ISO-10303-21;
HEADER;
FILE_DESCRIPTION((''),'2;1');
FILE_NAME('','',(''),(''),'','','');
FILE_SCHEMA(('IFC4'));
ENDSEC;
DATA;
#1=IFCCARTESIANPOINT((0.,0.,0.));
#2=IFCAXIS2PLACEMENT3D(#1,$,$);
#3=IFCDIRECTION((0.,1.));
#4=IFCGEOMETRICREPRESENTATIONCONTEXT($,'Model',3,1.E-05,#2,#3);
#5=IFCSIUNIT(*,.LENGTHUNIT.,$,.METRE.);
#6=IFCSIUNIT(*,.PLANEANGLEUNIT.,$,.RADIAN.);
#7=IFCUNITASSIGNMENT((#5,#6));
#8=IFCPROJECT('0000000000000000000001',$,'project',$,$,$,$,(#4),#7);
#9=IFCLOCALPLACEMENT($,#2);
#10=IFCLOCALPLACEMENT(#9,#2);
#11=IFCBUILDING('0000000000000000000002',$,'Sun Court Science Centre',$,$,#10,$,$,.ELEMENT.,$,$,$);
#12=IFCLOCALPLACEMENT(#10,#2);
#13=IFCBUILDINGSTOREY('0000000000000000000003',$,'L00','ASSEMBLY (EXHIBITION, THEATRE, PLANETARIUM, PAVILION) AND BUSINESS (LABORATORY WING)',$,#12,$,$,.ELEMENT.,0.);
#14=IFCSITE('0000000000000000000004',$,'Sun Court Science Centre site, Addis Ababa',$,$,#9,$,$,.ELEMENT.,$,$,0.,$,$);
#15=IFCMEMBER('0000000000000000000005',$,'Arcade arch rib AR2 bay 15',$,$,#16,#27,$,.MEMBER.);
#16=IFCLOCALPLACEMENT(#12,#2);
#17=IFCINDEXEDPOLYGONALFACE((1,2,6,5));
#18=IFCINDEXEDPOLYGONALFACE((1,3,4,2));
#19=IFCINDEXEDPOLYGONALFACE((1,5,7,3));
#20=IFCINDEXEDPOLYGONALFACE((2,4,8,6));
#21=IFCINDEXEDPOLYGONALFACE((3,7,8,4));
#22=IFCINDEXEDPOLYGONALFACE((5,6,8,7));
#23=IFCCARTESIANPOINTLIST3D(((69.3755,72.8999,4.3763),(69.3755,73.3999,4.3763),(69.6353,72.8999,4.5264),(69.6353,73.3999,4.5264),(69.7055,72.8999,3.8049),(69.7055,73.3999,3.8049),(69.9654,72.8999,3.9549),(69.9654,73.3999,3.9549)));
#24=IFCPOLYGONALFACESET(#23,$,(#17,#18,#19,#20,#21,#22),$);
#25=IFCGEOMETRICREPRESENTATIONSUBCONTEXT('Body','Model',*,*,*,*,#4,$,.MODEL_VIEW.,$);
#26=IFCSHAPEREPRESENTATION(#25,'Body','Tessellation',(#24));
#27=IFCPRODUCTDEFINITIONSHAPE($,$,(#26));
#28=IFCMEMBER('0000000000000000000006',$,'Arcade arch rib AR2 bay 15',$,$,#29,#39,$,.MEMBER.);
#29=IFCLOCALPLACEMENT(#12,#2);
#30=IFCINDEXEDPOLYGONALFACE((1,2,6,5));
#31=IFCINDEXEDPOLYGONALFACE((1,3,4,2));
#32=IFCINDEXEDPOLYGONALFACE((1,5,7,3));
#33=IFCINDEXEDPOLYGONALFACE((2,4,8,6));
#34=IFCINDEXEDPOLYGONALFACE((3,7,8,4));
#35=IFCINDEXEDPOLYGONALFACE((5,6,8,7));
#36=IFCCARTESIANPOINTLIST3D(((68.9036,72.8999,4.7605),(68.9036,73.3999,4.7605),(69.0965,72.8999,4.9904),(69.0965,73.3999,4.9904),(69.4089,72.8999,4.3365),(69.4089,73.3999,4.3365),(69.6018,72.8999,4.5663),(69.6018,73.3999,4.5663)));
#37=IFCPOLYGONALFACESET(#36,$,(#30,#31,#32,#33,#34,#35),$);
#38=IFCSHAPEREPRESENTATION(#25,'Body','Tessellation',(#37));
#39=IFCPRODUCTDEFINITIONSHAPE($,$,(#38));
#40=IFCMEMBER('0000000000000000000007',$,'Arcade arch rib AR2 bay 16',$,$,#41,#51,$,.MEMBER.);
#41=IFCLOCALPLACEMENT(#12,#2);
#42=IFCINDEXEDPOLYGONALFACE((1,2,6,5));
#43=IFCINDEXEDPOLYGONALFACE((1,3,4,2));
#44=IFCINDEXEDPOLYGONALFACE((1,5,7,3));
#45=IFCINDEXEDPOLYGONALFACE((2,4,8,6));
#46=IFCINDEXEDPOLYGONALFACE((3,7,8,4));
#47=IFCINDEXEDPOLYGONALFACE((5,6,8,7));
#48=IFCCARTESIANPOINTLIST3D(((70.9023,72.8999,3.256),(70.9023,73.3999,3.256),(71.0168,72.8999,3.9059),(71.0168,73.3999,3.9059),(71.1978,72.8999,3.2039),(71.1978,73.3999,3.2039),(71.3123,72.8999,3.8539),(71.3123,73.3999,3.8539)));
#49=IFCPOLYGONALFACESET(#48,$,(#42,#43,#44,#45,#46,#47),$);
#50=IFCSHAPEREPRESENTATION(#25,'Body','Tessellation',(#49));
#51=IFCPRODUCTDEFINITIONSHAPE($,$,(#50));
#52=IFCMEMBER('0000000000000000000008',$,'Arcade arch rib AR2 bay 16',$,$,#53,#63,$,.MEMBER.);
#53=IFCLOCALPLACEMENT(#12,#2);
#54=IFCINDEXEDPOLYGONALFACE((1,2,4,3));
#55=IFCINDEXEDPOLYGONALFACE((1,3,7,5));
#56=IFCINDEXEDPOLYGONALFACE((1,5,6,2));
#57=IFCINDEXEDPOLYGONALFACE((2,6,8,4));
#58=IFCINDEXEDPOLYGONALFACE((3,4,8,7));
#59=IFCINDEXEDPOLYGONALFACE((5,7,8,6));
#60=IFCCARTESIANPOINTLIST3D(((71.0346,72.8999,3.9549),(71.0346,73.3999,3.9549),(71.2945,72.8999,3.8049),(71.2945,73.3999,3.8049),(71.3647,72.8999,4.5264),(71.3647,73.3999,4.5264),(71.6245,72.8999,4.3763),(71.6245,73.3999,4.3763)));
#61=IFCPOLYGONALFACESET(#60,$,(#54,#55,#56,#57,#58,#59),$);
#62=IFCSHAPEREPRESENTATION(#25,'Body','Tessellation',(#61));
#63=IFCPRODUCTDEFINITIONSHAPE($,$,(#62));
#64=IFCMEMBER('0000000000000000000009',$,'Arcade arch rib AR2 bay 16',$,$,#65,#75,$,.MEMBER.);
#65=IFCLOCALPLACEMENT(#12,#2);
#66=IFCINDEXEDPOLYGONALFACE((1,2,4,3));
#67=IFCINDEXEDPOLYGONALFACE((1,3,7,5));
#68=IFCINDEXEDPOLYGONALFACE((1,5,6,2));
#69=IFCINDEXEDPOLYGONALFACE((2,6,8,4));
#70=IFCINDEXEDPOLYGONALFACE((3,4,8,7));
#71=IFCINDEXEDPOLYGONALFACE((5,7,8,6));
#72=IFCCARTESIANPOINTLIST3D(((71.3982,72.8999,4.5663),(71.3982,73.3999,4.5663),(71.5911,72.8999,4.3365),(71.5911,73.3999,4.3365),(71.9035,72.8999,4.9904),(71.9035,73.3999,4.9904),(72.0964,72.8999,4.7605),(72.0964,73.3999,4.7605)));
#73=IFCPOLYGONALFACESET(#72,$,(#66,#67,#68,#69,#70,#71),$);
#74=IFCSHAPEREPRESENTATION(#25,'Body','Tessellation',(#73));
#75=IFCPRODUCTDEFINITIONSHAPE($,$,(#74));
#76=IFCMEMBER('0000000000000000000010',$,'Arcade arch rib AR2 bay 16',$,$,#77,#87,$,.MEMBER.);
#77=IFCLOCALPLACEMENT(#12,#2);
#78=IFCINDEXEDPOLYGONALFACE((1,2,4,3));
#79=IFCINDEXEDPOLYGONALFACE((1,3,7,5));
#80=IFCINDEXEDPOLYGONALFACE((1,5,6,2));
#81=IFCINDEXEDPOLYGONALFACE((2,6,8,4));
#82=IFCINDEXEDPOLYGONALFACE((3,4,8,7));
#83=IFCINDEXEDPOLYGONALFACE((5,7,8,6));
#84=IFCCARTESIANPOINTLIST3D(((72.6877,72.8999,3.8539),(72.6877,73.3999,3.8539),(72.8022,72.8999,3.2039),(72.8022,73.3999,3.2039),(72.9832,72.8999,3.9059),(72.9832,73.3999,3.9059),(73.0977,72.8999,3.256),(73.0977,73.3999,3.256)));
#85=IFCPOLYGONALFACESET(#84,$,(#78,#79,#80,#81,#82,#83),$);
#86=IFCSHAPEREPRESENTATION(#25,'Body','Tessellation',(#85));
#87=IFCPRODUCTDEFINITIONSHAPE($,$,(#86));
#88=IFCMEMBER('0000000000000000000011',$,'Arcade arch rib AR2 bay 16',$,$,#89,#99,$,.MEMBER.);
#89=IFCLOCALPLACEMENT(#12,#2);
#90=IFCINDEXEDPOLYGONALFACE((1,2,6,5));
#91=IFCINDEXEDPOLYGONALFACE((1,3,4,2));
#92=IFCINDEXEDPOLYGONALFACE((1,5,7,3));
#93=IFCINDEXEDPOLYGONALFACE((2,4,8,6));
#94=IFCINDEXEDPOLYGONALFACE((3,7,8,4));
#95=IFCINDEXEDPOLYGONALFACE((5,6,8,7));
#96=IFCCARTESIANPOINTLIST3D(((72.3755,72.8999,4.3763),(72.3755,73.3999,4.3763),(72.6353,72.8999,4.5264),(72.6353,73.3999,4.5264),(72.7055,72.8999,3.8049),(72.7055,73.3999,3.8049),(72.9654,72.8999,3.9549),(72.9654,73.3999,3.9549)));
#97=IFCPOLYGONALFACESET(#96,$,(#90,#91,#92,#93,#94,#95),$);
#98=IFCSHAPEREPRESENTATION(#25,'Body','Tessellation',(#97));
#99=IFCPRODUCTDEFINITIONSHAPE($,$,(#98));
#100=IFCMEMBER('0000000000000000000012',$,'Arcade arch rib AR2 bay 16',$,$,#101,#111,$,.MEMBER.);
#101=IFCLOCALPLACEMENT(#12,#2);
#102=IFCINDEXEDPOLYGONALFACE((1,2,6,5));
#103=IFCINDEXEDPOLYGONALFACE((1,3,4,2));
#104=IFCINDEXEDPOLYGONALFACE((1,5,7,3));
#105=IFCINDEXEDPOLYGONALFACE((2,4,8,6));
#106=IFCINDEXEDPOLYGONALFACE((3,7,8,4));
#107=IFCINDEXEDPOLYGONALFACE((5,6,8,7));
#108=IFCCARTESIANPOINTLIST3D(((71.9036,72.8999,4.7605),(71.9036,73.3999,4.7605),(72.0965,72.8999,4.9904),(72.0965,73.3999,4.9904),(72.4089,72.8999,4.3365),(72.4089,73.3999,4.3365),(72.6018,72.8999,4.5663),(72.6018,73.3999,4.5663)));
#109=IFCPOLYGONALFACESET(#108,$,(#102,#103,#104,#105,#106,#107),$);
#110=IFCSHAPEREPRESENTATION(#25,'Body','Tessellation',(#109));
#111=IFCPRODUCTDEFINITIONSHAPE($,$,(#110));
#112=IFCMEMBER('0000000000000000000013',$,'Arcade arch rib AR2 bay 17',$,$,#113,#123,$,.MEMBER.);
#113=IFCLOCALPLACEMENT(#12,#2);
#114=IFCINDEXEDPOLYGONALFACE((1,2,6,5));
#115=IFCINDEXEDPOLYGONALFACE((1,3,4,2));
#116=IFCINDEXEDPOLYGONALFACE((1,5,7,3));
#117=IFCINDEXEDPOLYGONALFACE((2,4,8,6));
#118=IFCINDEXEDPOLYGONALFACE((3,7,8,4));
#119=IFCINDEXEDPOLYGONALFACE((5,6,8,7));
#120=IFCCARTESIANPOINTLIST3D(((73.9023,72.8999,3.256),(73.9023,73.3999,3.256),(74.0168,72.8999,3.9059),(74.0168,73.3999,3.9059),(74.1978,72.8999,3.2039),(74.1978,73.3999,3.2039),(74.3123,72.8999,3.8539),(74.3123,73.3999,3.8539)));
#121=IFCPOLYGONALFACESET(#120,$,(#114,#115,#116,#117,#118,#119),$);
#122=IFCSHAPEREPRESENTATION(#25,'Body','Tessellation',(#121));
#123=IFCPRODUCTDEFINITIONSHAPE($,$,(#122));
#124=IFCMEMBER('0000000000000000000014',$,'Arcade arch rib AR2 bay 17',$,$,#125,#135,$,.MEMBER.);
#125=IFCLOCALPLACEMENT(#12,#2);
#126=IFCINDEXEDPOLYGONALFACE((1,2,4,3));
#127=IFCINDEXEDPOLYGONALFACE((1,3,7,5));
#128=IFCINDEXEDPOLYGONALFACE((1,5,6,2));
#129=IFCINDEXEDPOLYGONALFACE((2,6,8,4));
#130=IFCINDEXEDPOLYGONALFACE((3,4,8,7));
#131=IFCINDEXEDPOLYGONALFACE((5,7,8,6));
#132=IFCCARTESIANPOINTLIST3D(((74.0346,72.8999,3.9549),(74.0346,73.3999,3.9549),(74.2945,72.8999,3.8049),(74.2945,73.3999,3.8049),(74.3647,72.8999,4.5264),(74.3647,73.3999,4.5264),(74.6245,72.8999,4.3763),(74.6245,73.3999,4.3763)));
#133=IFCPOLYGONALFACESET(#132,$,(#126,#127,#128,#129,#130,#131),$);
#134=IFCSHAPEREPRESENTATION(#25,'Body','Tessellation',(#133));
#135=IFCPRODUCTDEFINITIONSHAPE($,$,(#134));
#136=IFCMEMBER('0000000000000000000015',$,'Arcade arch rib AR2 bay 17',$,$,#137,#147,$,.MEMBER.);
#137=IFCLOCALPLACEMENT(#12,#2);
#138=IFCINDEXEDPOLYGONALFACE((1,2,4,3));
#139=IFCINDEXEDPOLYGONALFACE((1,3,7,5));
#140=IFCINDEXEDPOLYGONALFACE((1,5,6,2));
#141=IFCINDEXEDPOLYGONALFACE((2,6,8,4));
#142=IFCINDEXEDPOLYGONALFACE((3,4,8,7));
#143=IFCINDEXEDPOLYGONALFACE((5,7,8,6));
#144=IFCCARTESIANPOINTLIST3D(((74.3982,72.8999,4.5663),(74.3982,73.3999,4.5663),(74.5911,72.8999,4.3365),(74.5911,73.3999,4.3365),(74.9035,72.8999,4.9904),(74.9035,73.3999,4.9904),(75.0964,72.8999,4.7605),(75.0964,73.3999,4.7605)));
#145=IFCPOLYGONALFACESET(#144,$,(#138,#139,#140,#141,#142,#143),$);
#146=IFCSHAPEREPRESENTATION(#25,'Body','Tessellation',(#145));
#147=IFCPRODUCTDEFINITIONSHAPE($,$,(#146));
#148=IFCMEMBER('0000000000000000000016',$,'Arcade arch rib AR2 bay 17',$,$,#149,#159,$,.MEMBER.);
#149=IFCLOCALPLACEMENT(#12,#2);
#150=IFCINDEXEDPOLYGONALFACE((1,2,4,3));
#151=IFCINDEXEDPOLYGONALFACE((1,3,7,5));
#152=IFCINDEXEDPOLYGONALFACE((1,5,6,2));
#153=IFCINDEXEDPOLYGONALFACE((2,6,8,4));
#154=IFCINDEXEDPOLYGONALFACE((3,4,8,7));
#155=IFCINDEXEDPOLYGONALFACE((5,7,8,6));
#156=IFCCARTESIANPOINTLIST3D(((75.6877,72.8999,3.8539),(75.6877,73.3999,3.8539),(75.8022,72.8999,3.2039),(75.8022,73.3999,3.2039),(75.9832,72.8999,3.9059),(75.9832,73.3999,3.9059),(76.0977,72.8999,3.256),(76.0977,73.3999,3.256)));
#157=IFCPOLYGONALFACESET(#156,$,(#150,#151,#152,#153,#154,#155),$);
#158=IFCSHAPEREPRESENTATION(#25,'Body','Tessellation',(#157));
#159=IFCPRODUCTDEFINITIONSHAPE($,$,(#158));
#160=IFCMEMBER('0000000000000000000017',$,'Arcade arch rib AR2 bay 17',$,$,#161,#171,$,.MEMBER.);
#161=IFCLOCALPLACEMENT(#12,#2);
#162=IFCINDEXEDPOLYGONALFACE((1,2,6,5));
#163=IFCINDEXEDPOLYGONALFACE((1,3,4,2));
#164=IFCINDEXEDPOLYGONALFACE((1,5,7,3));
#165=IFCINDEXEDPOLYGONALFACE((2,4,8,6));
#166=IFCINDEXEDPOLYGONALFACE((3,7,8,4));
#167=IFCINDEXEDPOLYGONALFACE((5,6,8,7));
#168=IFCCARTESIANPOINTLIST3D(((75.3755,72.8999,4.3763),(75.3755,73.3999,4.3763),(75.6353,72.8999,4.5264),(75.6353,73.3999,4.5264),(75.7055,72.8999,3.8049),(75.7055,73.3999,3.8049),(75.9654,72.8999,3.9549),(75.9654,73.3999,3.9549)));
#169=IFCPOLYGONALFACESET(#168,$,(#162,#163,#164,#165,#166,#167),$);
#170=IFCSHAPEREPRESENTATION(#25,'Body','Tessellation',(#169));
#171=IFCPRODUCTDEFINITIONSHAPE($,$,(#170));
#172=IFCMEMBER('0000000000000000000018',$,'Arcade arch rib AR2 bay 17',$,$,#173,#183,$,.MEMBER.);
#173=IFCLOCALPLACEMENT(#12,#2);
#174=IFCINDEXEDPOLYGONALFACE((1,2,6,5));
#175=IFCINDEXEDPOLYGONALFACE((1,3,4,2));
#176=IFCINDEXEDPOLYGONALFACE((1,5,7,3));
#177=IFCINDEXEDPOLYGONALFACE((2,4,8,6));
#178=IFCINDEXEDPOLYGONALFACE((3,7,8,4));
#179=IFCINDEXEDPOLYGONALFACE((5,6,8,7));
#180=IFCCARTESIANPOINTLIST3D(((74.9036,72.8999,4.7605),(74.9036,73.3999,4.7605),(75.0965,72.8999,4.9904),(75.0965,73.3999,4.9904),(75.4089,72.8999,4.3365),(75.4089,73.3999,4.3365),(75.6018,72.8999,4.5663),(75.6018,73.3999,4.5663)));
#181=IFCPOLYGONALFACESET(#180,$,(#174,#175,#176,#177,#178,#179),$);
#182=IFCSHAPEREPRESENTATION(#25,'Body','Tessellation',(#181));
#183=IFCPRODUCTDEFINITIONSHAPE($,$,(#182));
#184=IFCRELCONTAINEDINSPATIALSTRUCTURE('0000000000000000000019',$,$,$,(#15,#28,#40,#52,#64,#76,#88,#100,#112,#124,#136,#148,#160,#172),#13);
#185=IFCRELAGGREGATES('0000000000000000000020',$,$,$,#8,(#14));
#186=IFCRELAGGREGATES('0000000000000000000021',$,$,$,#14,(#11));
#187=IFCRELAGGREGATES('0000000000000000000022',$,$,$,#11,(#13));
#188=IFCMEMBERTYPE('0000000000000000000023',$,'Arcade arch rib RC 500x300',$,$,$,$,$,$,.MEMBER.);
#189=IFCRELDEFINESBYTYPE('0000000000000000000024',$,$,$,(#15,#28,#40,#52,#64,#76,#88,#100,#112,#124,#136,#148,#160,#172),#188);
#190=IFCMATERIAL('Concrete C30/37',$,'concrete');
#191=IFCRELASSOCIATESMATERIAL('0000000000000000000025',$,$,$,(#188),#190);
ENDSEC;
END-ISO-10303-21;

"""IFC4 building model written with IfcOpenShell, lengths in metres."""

from ifc_helpers import new_model, si_unit, direction, frame, origin, origin_2d, place, context, subcontext, project, spatial, rectangle, extrude, material, material_profile, profile_set, type_object, element, save


model = new_model("IFC4")

# Units and contexts
model_context = context("Model", 3, precision=1e-05, world=origin(), true_north=direction((0.0, 1.0)))
body_context = subcontext(model_context, "Body", "Model", "MODEL_VIEW")
ifc_project = project(units=[si_unit("LENGTHUNIT", "METRE"), si_unit("PLANEANGLEUNIT", "RADIAN")], contexts=[model_context])

# Site, building, storey
site_placement = place(None, origin())
site = spatial("IfcSite", under=ifc_project, at=site_placement, Name="Sun Court Science Centre site, Addis Ababa", CompositionType="ELEMENT", RefElevation=0.0)
building_placement = place(site_placement, origin())
building = spatial("IfcBuilding", under=site, at=building_placement, Name="Sun Court Science Centre", CompositionType="ELEMENT")
storey_placement = place(building_placement, origin())
storey = spatial("IfcBuildingStorey", under=building, at=storey_placement, Name="L00", Description="ASSEMBLY (EXHIBITION, THEATRE, PLANETARIUM, PAVILION) AND BUSINESS (LABORATORY WING)", CompositionType="ELEMENT", Elevation=0.0)

# Members
ifc_material_1 = material(Name="Concrete C30/37", Category="concrete")
ifc_material_profile_1 = material_profile(ifc_material_1, rectangle(XDim=0.5, YDim=0.3, at=origin_2d()), Name="RC 500x300")
ifc_profile_set_1 = profile_set([ifc_material_profile_1], Name="Concrete C30/37")
member_type_1 = type_object("IfcMemberType", Name="Arcade arch rib RC 500x300", PredefinedType="MEMBER", material=ifc_profile_set_1)
for number, where, z_axis, x_axis, name in (
    (1, (69.8354, 73.1499, 3.8799), (-0.500117, 0.0, 0.865958), (0.0, -1.0, 0.0), "Arcade arch rib AR2 bay 15"),
):
    element("IfcMember", number, at=place(storey_placement, frame(where, z_axis=z_axis, x_axis=x_axis)), inside=storey, type_object=member_type_1, Name=name, PredefinedType="MEMBER", context=body_context, shape_type="SweptSolid", body=[
        extrude(rectangle(XDim=0.5, YDim=0.3, at=origin_2d()), origin(), (0.0, 0.0, 1.0), 0.6599),
    ])
member_1_placement = place(storey_placement, frame((69.5054, 73.1499, 4.4514), z_axis=(-0.766033, 0.0, 0.642801), x_axis=(0.0, -1.0, 0.0)))
element("IfcMember", 2, at=member_1_placement, inside=storey, type_object=member_type_1, Name="Arcade arch rib AR2 bay 15", PredefinedType="MEMBER", context=body_context, shape_type="SweptSolid", body=[
    extrude(rectangle(XDim=0.5, YDim=0.3, at=origin_2d()), origin(), (0.0, 0.0, 1.0), 0.6597),
])
for number, where, z_axis, x_axis, name in (
    (3, (71.05, 73.1499, 3.23), (0.173511, 0.0, 0.984832), (0.0, 1.0, 0.0), "Arcade arch rib AR2 bay 16"),
    (4, (71.1646, 73.1499, 3.8799), (0.500117, 0.0, 0.865958), (0.0, 1.0, 0.0), "Arcade arch rib AR2 bay 16"),
):
    element("IfcMember", number, at=place(storey_placement, frame(where, z_axis=z_axis, x_axis=x_axis)), inside=storey, type_object=member_type_1, Name=name, PredefinedType="MEMBER", context=body_context, shape_type="SweptSolid", body=[
        extrude(rectangle(XDim=0.5, YDim=0.3, at=origin_2d()), origin(), (0.0, 0.0, 1.0), 0.6599),
    ])
member_2_placement = place(storey_placement, frame((71.4946, 73.1499, 4.4514), z_axis=(0.766033, 0.0, 0.642801), x_axis=(0.0, 1.0, 0.0)))
element("IfcMember", 5, at=member_2_placement, inside=storey, type_object=member_type_1, Name="Arcade arch rib AR2 bay 16", PredefinedType="MEMBER", context=body_context, shape_type="SweptSolid", body=[
    extrude(rectangle(XDim=0.5, YDim=0.3, at=origin_2d()), origin(), (0.0, 0.0, 1.0), 0.6597),
])
for number, where, z_axis, x_axis, name in (
    (6, (72.95, 73.1499, 3.23), (-0.173511, 0.0, 0.984832), (0.0, -1.0, 0.0), "Arcade arch rib AR2 bay 16"),
    (7, (72.8354, 73.1499, 3.8799), (-0.500117, 0.0, 0.865958), (0.0, -1.0, 0.0), "Arcade arch rib AR2 bay 16"),
):
    element("IfcMember", number, at=place(storey_placement, frame(where, z_axis=z_axis, x_axis=x_axis)), inside=storey, type_object=member_type_1, Name=name, PredefinedType="MEMBER", context=body_context, shape_type="SweptSolid", body=[
        extrude(rectangle(XDim=0.5, YDim=0.3, at=origin_2d()), origin(), (0.0, 0.0, 1.0), 0.6599),
    ])
member_3_placement = place(storey_placement, frame((72.5054, 73.1499, 4.4514), z_axis=(-0.766033, 0.0, 0.642801), x_axis=(0.0, -1.0, 0.0)))
element("IfcMember", 8, at=member_3_placement, inside=storey, type_object=member_type_1, Name="Arcade arch rib AR2 bay 16", PredefinedType="MEMBER", context=body_context, shape_type="SweptSolid", body=[
    extrude(rectangle(XDim=0.5, YDim=0.3, at=origin_2d()), origin(), (0.0, 0.0, 1.0), 0.6597),
])
for number, where, z_axis, x_axis, name in (
    (9, (74.05, 73.1499, 3.23), (0.173511, 0.0, 0.984832), (0.0, 1.0, 0.0), "Arcade arch rib AR2 bay 17"),
    (10, (74.1646, 73.1499, 3.8799), (0.500117, 0.0, 0.865958), (0.0, 1.0, 0.0), "Arcade arch rib AR2 bay 17"),
):
    element("IfcMember", number, at=place(storey_placement, frame(where, z_axis=z_axis, x_axis=x_axis)), inside=storey, type_object=member_type_1, Name=name, PredefinedType="MEMBER", context=body_context, shape_type="SweptSolid", body=[
        extrude(rectangle(XDim=0.5, YDim=0.3, at=origin_2d()), origin(), (0.0, 0.0, 1.0), 0.6599),
    ])
member_4_placement = place(storey_placement, frame((74.4946, 73.1499, 4.4514), z_axis=(0.766033, 0.0, 0.642801), x_axis=(0.0, 1.0, 0.0)))
element("IfcMember", 11, at=member_4_placement, inside=storey, type_object=member_type_1, Name="Arcade arch rib AR2 bay 17", PredefinedType="MEMBER", context=body_context, shape_type="SweptSolid", body=[
    extrude(rectangle(XDim=0.5, YDim=0.3, at=origin_2d()), origin(), (0.0, 0.0, 1.0), 0.6597),
])
for number, where, z_axis, x_axis, name in (
    (12, (75.95, 73.1499, 3.23), (-0.173511, 0.0, 0.984832), (0.0, -1.0, 0.0), "Arcade arch rib AR2 bay 17"),
    (13, (75.8354, 73.1499, 3.8799), (-0.500117, 0.0, 0.865958), (0.0, -1.0, 0.0), "Arcade arch rib AR2 bay 17"),
):
    element("IfcMember", number, at=place(storey_placement, frame(where, z_axis=z_axis, x_axis=x_axis)), inside=storey, type_object=member_type_1, Name=name, PredefinedType="MEMBER", context=body_context, shape_type="SweptSolid", body=[
        extrude(rectangle(XDim=0.5, YDim=0.3, at=origin_2d()), origin(), (0.0, 0.0, 1.0), 0.6599),
    ])
member_5_placement = place(storey_placement, frame((75.5054, 73.1499, 4.4514), z_axis=(-0.766033, 0.0, 0.642801), x_axis=(0.0, -1.0, 0.0)))
element("IfcMember", 14, at=member_5_placement, inside=storey, type_object=member_type_1, Name="Arcade arch rib AR2 bay 17", PredefinedType="MEMBER", context=body_context, shape_type="SweptSolid", body=[
    extrude(rectangle(XDim=0.5, YDim=0.3, at=origin_2d()), origin(), (0.0, 0.0, 1.0), 0.6597),
])

save(model, "model.ifc")
